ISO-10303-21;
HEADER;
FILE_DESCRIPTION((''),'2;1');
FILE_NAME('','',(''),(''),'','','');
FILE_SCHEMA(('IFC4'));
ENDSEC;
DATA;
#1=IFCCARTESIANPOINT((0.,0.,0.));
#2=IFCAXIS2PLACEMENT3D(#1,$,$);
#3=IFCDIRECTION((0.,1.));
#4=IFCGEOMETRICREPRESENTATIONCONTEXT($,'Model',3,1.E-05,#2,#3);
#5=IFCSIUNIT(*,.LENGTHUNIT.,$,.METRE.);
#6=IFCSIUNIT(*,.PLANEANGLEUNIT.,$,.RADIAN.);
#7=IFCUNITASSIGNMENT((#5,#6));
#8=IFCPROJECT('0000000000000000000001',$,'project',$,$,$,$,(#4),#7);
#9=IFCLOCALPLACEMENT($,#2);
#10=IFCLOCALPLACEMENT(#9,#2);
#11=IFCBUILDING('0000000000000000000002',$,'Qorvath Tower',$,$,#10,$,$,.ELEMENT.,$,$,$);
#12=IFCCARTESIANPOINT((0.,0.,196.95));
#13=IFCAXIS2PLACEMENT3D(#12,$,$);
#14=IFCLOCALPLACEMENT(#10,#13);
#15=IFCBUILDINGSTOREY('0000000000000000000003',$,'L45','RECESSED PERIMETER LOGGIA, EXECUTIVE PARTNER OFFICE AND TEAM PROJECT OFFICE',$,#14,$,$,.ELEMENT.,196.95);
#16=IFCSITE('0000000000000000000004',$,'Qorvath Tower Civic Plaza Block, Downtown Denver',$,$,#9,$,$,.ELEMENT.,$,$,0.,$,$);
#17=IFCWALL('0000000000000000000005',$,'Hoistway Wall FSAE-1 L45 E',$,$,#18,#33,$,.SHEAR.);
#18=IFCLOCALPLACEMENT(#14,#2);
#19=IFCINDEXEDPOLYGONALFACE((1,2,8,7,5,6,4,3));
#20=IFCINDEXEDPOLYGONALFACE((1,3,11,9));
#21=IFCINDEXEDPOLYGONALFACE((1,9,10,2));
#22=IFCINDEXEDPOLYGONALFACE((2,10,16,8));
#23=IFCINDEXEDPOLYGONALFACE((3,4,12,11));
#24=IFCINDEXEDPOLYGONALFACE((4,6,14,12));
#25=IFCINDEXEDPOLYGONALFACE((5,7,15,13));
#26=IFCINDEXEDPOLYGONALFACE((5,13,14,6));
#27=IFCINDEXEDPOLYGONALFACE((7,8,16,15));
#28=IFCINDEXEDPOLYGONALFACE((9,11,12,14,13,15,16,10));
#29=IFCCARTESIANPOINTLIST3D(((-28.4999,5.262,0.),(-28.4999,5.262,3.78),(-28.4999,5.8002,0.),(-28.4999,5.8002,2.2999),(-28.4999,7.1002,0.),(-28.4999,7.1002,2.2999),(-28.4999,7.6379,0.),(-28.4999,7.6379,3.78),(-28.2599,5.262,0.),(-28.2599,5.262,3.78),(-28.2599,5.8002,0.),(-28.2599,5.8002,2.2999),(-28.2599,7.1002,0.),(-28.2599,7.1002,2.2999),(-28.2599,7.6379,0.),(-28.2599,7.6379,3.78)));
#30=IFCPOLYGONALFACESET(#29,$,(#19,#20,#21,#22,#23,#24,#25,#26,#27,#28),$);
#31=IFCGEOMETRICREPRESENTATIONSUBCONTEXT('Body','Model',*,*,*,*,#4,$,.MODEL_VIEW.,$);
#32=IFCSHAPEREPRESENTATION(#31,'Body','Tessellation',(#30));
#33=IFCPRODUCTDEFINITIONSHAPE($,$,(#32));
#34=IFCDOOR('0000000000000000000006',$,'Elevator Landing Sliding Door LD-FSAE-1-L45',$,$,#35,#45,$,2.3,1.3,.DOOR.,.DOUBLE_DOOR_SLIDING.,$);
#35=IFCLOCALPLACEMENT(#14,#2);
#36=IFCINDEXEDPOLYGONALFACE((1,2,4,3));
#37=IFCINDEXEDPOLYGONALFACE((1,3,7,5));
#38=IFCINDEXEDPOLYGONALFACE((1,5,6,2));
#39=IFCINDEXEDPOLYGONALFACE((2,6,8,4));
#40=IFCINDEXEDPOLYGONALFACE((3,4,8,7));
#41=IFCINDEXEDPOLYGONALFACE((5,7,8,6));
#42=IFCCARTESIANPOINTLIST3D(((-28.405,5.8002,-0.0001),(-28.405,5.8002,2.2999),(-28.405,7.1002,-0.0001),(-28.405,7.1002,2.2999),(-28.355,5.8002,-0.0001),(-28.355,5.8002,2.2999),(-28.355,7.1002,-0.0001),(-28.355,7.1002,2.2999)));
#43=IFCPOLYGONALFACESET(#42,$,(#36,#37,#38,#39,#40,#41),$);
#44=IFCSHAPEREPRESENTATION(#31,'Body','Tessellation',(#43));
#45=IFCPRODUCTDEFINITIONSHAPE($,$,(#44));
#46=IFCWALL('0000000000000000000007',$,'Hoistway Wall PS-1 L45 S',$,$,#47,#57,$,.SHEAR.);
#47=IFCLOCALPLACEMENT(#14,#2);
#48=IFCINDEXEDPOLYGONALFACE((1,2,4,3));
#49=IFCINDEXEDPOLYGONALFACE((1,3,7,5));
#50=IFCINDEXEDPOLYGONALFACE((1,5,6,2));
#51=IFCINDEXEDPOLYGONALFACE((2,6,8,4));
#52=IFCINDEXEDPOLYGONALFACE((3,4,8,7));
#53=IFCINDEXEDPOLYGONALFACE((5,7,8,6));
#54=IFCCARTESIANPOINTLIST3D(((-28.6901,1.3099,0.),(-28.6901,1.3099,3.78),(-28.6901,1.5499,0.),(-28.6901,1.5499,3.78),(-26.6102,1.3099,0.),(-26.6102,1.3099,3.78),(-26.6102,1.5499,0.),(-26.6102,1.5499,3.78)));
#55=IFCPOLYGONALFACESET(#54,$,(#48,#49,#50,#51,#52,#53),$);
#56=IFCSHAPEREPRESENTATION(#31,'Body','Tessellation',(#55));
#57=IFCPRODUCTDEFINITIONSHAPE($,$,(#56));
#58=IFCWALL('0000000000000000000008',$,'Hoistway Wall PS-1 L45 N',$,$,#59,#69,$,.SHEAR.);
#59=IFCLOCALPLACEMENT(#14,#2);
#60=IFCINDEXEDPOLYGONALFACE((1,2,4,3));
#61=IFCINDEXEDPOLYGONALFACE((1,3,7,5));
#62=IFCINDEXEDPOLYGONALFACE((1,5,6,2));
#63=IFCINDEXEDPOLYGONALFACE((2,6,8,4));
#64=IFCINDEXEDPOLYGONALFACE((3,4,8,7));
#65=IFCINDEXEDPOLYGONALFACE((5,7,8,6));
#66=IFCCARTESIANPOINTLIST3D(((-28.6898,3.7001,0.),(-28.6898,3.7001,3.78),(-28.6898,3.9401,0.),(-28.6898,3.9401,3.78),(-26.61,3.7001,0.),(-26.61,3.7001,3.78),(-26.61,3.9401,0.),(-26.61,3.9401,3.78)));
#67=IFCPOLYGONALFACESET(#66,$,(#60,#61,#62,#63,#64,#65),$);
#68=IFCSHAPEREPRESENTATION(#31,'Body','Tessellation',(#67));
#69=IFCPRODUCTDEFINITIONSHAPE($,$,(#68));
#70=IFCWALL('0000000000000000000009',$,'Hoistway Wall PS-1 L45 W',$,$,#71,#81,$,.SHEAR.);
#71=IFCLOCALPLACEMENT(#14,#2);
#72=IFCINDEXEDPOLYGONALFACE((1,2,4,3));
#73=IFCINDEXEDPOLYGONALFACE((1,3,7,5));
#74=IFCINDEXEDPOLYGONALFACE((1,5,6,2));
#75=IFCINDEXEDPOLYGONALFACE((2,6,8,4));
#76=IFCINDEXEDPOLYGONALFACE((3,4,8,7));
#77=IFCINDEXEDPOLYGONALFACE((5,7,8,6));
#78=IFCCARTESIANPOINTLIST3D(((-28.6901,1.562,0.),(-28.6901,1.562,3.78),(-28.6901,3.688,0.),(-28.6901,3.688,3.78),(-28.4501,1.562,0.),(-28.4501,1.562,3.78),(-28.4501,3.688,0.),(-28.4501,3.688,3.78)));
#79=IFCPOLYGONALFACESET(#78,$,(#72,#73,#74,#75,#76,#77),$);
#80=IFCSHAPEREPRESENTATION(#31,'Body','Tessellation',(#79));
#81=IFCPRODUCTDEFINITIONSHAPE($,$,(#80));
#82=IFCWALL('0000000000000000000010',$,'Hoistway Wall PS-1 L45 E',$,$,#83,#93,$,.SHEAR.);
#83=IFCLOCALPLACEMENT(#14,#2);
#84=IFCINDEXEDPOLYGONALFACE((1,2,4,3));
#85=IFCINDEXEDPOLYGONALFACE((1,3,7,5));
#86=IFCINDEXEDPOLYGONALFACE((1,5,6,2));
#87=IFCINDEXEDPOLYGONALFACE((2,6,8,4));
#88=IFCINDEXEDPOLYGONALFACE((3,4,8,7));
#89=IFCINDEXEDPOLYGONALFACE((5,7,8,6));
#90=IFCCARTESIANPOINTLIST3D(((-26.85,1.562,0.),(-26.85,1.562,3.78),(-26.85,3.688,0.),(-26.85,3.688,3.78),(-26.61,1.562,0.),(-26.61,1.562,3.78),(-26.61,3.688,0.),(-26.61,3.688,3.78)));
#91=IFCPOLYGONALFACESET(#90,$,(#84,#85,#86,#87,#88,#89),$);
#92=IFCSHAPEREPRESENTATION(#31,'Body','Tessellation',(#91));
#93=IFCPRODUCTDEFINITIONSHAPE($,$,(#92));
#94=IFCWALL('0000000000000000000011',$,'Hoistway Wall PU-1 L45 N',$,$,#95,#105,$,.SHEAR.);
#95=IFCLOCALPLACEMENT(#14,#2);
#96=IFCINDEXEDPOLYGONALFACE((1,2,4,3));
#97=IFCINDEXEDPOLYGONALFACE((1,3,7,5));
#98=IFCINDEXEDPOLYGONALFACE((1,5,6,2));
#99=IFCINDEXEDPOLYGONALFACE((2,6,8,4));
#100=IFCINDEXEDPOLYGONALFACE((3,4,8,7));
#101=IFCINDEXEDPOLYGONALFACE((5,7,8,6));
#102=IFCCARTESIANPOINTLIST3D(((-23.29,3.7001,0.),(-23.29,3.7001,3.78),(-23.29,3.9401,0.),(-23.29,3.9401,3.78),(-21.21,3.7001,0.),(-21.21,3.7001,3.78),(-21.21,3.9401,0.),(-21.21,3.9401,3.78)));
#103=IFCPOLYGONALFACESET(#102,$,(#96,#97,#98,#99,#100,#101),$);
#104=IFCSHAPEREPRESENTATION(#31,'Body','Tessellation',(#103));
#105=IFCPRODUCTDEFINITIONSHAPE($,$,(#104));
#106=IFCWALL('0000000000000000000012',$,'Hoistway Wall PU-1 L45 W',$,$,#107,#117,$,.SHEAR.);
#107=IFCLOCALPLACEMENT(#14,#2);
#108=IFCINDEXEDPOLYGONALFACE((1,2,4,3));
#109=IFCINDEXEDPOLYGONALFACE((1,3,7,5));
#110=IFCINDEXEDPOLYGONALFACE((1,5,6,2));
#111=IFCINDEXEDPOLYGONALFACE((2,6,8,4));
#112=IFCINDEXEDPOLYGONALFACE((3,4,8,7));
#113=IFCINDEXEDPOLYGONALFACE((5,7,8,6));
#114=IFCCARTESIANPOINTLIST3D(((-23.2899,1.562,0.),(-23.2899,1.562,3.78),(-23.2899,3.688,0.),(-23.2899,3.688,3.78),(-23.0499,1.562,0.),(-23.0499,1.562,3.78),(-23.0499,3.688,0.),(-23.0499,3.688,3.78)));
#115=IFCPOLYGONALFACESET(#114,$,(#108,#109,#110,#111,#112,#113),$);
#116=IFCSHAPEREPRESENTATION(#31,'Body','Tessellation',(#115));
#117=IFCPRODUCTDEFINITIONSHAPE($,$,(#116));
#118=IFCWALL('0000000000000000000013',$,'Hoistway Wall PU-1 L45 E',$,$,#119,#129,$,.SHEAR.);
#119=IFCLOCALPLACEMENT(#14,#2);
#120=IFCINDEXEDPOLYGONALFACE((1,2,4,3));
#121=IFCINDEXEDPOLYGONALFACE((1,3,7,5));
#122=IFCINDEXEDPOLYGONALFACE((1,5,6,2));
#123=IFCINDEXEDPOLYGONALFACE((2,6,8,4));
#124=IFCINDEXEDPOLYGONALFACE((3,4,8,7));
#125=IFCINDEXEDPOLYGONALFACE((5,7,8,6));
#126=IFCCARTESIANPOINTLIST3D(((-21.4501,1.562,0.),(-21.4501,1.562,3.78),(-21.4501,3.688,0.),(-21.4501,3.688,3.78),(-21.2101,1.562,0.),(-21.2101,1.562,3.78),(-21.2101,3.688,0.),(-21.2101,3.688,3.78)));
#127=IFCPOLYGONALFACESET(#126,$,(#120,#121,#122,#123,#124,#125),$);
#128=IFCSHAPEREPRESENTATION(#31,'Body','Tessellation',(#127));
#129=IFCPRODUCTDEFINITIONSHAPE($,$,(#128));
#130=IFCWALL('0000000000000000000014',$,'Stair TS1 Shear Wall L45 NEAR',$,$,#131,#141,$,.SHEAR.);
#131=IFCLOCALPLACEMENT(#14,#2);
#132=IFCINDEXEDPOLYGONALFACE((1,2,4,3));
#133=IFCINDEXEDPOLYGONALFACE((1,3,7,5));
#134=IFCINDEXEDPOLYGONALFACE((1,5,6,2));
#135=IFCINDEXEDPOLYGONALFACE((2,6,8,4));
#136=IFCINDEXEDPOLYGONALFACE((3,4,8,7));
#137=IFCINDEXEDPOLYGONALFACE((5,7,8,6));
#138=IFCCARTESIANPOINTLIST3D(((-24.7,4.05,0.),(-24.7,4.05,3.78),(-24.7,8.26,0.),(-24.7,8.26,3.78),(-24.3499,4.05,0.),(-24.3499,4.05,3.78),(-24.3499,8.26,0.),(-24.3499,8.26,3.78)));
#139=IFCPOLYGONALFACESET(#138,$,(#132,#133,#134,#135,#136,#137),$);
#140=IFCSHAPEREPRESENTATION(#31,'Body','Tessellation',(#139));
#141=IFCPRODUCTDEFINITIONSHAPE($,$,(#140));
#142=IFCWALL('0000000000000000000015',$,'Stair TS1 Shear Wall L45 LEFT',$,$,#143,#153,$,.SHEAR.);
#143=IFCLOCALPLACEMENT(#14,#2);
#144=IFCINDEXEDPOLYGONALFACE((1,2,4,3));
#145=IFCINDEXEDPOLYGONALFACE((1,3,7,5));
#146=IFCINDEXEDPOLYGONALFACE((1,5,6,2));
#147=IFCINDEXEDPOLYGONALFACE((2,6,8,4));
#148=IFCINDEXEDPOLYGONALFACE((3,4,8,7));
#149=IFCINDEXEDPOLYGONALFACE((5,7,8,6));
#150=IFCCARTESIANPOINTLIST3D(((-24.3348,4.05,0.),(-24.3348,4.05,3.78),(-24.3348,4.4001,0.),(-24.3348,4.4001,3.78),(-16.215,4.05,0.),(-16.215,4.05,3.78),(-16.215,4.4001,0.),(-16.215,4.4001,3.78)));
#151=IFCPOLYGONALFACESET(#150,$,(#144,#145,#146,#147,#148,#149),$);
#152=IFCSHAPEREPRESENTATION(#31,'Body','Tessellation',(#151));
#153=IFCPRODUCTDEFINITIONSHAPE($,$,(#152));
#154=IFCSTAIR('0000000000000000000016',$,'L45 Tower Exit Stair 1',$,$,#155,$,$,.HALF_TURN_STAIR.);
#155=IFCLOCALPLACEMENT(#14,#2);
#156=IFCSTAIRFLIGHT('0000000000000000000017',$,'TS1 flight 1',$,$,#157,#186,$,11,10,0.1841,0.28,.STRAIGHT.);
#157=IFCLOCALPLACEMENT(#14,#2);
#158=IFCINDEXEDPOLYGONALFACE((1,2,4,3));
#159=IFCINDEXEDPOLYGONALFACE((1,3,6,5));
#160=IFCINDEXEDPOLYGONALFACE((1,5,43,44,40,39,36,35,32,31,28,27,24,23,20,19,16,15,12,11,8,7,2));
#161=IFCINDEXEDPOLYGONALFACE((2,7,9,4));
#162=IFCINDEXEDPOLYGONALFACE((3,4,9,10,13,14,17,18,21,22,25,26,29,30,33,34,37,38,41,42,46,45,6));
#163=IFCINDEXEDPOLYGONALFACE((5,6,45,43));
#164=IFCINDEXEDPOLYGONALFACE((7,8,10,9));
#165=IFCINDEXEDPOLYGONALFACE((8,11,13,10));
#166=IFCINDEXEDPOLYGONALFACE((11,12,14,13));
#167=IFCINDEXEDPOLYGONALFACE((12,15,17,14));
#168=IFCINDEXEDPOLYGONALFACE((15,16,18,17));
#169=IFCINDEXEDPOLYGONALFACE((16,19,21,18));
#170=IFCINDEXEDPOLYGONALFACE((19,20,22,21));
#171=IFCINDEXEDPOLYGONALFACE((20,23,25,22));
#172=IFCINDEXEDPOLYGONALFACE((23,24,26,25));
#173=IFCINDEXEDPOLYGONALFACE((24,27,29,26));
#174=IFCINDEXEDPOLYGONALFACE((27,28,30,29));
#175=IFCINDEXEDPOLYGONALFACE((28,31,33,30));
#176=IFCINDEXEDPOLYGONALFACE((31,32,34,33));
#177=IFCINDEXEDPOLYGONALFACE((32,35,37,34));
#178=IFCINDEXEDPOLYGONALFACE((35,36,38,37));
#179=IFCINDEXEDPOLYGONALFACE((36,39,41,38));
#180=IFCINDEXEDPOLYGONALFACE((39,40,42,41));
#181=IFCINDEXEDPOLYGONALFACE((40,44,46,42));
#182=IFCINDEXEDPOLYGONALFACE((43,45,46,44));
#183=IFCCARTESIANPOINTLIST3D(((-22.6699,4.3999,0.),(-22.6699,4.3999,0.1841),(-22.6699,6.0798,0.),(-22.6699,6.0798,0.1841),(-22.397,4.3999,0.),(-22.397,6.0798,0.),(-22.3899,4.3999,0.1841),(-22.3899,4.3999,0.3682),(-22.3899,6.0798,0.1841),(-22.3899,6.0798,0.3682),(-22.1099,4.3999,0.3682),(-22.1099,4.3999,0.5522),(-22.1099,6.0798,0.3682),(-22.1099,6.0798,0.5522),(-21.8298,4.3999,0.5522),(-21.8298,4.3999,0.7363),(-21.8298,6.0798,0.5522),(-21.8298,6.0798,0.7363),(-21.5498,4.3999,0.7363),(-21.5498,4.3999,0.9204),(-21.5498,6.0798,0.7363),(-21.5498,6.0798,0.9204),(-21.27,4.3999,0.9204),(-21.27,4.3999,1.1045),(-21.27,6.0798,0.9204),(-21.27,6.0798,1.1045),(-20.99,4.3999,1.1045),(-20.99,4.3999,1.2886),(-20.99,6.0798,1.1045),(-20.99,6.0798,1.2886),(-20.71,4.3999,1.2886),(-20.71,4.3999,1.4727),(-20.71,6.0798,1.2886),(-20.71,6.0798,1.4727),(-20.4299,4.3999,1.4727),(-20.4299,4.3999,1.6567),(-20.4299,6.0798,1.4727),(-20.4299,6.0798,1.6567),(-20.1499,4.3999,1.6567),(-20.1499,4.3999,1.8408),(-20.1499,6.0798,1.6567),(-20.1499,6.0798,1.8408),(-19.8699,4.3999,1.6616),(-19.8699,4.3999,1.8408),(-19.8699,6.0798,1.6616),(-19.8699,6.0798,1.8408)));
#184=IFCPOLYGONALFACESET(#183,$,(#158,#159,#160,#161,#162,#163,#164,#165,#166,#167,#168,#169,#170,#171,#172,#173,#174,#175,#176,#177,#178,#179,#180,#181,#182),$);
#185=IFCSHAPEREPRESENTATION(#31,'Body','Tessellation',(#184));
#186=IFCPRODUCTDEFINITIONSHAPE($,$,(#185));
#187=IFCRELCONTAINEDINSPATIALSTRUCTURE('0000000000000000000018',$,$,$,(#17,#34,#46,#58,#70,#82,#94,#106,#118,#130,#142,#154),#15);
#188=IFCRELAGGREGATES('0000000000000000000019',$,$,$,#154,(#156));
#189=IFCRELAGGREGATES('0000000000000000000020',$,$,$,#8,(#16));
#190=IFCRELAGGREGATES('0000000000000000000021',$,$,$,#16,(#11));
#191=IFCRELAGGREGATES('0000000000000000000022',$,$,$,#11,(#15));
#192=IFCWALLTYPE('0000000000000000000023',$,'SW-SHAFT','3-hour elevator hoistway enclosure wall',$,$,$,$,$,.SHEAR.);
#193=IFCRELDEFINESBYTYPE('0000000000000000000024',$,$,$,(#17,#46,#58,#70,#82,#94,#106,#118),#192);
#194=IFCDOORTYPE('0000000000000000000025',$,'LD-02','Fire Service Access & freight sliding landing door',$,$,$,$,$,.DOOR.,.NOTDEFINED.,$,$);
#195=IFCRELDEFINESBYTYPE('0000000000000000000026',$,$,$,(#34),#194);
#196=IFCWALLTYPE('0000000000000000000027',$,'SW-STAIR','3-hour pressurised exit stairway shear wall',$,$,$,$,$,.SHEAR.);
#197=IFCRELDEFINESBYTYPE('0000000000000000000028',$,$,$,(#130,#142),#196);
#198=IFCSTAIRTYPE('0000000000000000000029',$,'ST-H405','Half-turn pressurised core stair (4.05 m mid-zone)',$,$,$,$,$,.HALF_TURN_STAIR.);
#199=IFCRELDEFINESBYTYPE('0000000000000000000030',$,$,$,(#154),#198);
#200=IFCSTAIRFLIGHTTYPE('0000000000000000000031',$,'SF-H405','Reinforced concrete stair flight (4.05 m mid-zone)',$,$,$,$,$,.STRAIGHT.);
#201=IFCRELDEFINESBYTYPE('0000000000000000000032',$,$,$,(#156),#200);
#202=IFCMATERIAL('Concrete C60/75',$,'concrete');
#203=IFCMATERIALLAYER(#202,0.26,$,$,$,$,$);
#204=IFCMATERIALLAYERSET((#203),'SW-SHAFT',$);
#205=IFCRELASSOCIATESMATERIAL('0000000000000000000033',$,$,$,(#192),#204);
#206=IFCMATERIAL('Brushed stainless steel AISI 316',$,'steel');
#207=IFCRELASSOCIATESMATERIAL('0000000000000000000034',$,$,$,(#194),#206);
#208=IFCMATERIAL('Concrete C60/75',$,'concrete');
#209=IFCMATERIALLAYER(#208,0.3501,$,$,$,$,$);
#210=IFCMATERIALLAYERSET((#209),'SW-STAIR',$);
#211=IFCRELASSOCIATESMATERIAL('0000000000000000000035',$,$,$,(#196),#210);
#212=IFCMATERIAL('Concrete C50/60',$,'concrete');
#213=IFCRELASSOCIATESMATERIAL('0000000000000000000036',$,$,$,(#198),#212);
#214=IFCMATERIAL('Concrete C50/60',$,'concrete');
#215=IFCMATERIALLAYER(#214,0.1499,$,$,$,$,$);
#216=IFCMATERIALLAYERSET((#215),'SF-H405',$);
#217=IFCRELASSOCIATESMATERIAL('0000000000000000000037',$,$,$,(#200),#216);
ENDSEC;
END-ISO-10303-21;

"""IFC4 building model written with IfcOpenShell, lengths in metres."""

from ifc_helpers import new_model, si_unit, direction, frame, frame_2d, origin, place, context, subcontext, project, spatial, polyline, rectangle, outline, extrude, material, layer, layer_set, type_object, element, fill, aggregate, save


model = new_model("IFC4")

# Units and contexts
model_context = context("Model", 3, precision=1e-05, world=origin(), true_north=direction((0.0, 1.0)))
body_context = subcontext(model_context, "Body", "Model", "MODEL_VIEW")
ifc_project = project(units=[si_unit("LENGTHUNIT", "METRE"), si_unit("PLANEANGLEUNIT", "RADIAN")], contexts=[model_context])

# Site, building, storey
site_placement = place(None, origin())
site = spatial("IfcSite", under=ifc_project, at=site_placement, Name="Qorvath Tower Civic Plaza Block, Downtown Denver", CompositionType="ELEMENT", RefElevation=0.0)
building_placement = place(site_placement, origin())
building = spatial("IfcBuilding", under=site, at=building_placement, Name="Qorvath Tower", CompositionType="ELEMENT")
storey_placement = place(building_placement, frame((0.0, 0.0, 196.95)))
storey = spatial("IfcBuildingStorey", under=building, at=storey_placement, Name="L45", Description="RECESSED PERIMETER LOGGIA, EXECUTIVE PARTNER OFFICE AND TEAM PROJECT OFFICE", CompositionType="ELEMENT", Elevation=196.95)

# Shared definitions
ifc_material_1 = material(Name="Concrete C60/75", Category="concrete")
ifc_layer_1 = layer(ifc_material_1, 0.26)
ifc_layer_set_1 = layer_set([ifc_layer_1], Name="SW-SHAFT")
wall_type_1 = type_object("IfcWallType", Name="SW-SHAFT", Description="3-hour elevator hoistway enclosure wall", PredefinedType="SHEAR", material=ifc_layer_set_1)

# Wall, opening, door
wall_1_placement = place(storey_placement, frame((-28.3799, 7.6379, 0.0), z_axis=(0.0, 0.0, 1.0), x_axis=(0.0, -1.0, 0.0)))
wall_1 = element("IfcWall", 1, at=wall_1_placement, inside=storey, type_object=wall_type_1, Name="Hoistway Wall FSAE-1 L45 E", PredefinedType="SHEAR", context=body_context, shape_type="SweptSolid", body=[
    extrude(rectangle(XDim=2.376, YDim=0.24, at=frame_2d((1.188, 0.0))), origin(), (0.0, 0.0, 1.0), 3.78),
])
opening_1_placement = place(wall_1_placement, frame((0.5378, 0.0, 0.0)))
opening_1 = element("IfcOpeningElement", 2, at=opening_1_placement, cuts=wall_1, PredefinedType="OPENING", context=body_context, shape_type="SweptSolid", body=[
    extrude(rectangle(XDim=1.3, YDim=2.3, at=frame_2d((0.6499, 1.1499))), frame((0.0, 0.1299, 0.0), z_axis=(0.0, -1.0, 0.0), x_axis=(1.0, 0.0, 0.0)), (0.0, 0.0, 1.0), 0.26),
])
ifc_material_2 = material(Name="Brushed stainless steel AISI 316", Category="steel")
door_type_1 = type_object("IfcDoorType", Name="LD-02", Description="Fire Service Access & freight sliding landing door", OperationType="NOTDEFINED", PredefinedType="DOOR", material=ifc_material_2)
door_1_placement = place(opening_1_placement, origin())
door_1 = element("IfcDoor", 3, at=door_1_placement, inside=storey, type_object=door_type_1, Name="Elevator Landing Sliding Door LD-FSAE-1-L45", OperationType="DOUBLE_DOOR_SLIDING", OverallHeight=2.3, OverallWidth=1.3, PredefinedType="DOOR", context=body_context, shape_type="SweptSolid", body=[
    extrude(rectangle(XDim=1.3, YDim=2.3, at=frame_2d((0.6499, 1.1499))), frame((0.0, 0.0249, 0.0), z_axis=(0.0, -1.0, 0.0), x_axis=(1.0, 0.0, 0.0)), (0.0, 0.0, 1.0), 0.05),
])
fill(opening_1, door_1)

# Walls
for number, where, z_axis, x_axis, name in (
    (4, (-26.6101, 1.4299, 0.0), (0.0, 0.0, 1.0), (-1.0, 0.0, 0.0), "Hoistway Wall PS-1 L45 S"),
    (5, (-28.6899, 3.8201, 0.0), (0.0, 0.0, 1.0), (1.0, 0.0, 0.0), "Hoistway Wall PS-1 L45 N"),
):
    element("IfcWall", number, at=place(storey_placement, frame(where, z_axis=z_axis, x_axis=x_axis)), inside=storey, type_object=wall_type_1, Name=name, PredefinedType="SHEAR", context=body_context, shape_type="SweptSolid", body=[
        extrude(rectangle(XDim=2.0798, YDim=0.24, at=frame_2d((1.04, 0.0))), origin(), (0.0, 0.0, 1.0), 3.78),
    ])
for number, where, z_axis, x_axis, name in (
    (6, (-28.5701, 1.562, 0.0), (0.0, 0.0, 1.0), (0.0, 1.0, 0.0), "Hoistway Wall PS-1 L45 W"),
    (7, (-26.73, 3.688, 0.0), (0.0, 0.0, 1.0), (0.0, -1.0, 0.0), "Hoistway Wall PS-1 L45 E"),
):
    element("IfcWall", number, at=place(storey_placement, frame(where, z_axis=z_axis, x_axis=x_axis)), inside=storey, type_object=wall_type_1, Name=name, PredefinedType="SHEAR", context=body_context, shape_type="SweptSolid", body=[
        extrude(rectangle(XDim=2.126, YDim=0.24, at=frame_2d((1.063, 0.0))), origin(), (0.0, 0.0, 1.0), 3.78),
    ])
wall_2_placement = place(storey_placement, frame((-23.29, 3.8201, 0.0), z_axis=(0.0, 0.0, 1.0), x_axis=(1.0, 0.0, 0.0)))
element("IfcWall", 8, at=wall_2_placement, inside=storey, type_object=wall_type_1, Name="Hoistway Wall PU-1 L45 N", PredefinedType="SHEAR", context=body_context, shape_type="SweptSolid", body=[
    extrude(rectangle(XDim=2.0801, YDim=0.24, at=frame_2d((1.04, 0.0))), origin(), (0.0, 0.0, 1.0), 3.78),
])
for number, where, z_axis, x_axis, name in (
    (9, (-23.1699, 1.562, 0.0), (0.0, 0.0, 1.0), (0.0, 1.0, 0.0), "Hoistway Wall PU-1 L45 W"),
    (10, (-21.3301, 3.688, 0.0), (0.0, 0.0, 1.0), (0.0, -1.0, 0.0), "Hoistway Wall PU-1 L45 E"),
):
    element("IfcWall", number, at=place(storey_placement, frame(where, z_axis=z_axis, x_axis=x_axis)), inside=storey, type_object=wall_type_1, Name=name, PredefinedType="SHEAR", context=body_context, shape_type="SweptSolid", body=[
        extrude(rectangle(XDim=2.126, YDim=0.24, at=frame_2d((1.063, 0.0))), origin(), (0.0, 0.0, 1.0), 3.78),
    ])
ifc_material_3 = material(Name="Concrete C60/75", Category="concrete")
ifc_layer_2 = layer(ifc_material_3, 0.3501)
ifc_layer_set_2 = layer_set([ifc_layer_2], Name="SW-STAIR")
wall_type_2 = type_object("IfcWallType", Name="SW-STAIR", Description="3-hour pressurised exit stairway shear wall", PredefinedType="SHEAR", material=ifc_layer_set_2)
wall_3_placement = place(storey_placement, frame((-24.5249, 8.26, 0.0), z_axis=(0.0, 0.0, 1.0), x_axis=(0.0, -1.0, 0.0)))
element("IfcWall", 11, at=wall_3_placement, inside=storey, type_object=wall_type_2, Name="Stair TS1 Shear Wall L45 NEAR", PredefinedType="SHEAR", context=body_context, shape_type="SweptSolid", body=[
    extrude(rectangle(XDim=4.21, YDim=0.3501, at=frame_2d((2.105, 0.0))), origin(), (0.0, 0.0, 1.0), 3.78),
])
wall_4_placement = place(storey_placement, frame((-24.335, 4.2251, 0.0), z_axis=(0.0, 0.0, 1.0), x_axis=(1.0, 0.0, 0.0)))
element("IfcWall", 12, at=wall_4_placement, inside=storey, type_object=wall_type_2, Name="Stair TS1 Shear Wall L45 LEFT", PredefinedType="SHEAR", context=body_context, shape_type="SweptSolid", body=[
    extrude(rectangle(XDim=8.1199, YDim=0.3501, at=frame_2d((4.0601, 0.0))), origin(), (0.0, 0.0, 1.0), 3.78),
])

# Stair, stair flight
ifc_material_4 = material(Name="Concrete C50/60", Category="concrete")
stair_type = type_object("IfcStairType", Name="ST-H405", Description="Half-turn pressurised core stair (4.05 m mid-zone)", PredefinedType="HALF_TURN_STAIR", material=ifc_material_4)
stair_placement = place(storey_placement, origin())
stair = element("IfcStair", 13, at=stair_placement, inside=storey, type_object=stair_type, Name="L45 Tower Exit Stair 1", PredefinedType="HALF_TURN_STAIR")
ifc_material_5 = material(Name="Concrete C50/60", Category="concrete")
ifc_layer_3 = layer(ifc_material_5, 0.1499)
ifc_layer_set_3 = layer_set([ifc_layer_3], Name="SF-H405")
stair_flight_type = type_object("IfcStairFlightType", Name="SF-H405", Description="Reinforced concrete stair flight (4.05 m mid-zone)", PredefinedType="STRAIGHT", material=ifc_layer_set_3)
stair_flight_placement = place(storey_placement, frame((-22.6699, 5.24, 0.0), z_axis=(0.0, 0.0, 1.0), x_axis=(1.0, 0.0, 0.0)))
stair_flight = element("IfcStairFlight", 14, at=stair_flight_placement, type_object=stair_flight_type, Name="TS1 flight 1", NumberOfRisers=11, NumberOfTreads=10, PredefinedType="STRAIGHT", RiserHeight=0.1841, TreadLength=0.28, context=body_context, shape_type="SweptSolid", body=[
    extrude(outline(polyline([(0.0, 0.0), (0.0, 0.1841), (0.28, 0.1841), (0.28, 0.3682), (0.5601, 0.3682), (0.5601, 0.5522), (0.8401, 0.5522), (0.8401, 0.7363), (1.1201, 0.7363), (1.1201, 0.9204), (1.3999, 0.9204), (1.3999, 1.1045), (1.6799, 1.1045), (1.6799, 1.2886), (1.96, 1.2886), (1.96, 1.4727), (2.24, 1.4727), (2.24, 1.6567), (2.52, 1.6567), (2.52, 1.8408), (2.8, 1.8408), (2.8, 2.0249), (2.8, 1.6616), (0.2729, 0.0), (0.0, 0.0)])), frame((0.0, 0.8398, 0.0), z_axis=(0.0, -1.0, 0.0), x_axis=(1.0, 0.0, 0.0)), (0.0, 0.0, 1.0), 1.6799),
])
aggregate(stair, [stair_flight])

save(model, "model.ifc")
